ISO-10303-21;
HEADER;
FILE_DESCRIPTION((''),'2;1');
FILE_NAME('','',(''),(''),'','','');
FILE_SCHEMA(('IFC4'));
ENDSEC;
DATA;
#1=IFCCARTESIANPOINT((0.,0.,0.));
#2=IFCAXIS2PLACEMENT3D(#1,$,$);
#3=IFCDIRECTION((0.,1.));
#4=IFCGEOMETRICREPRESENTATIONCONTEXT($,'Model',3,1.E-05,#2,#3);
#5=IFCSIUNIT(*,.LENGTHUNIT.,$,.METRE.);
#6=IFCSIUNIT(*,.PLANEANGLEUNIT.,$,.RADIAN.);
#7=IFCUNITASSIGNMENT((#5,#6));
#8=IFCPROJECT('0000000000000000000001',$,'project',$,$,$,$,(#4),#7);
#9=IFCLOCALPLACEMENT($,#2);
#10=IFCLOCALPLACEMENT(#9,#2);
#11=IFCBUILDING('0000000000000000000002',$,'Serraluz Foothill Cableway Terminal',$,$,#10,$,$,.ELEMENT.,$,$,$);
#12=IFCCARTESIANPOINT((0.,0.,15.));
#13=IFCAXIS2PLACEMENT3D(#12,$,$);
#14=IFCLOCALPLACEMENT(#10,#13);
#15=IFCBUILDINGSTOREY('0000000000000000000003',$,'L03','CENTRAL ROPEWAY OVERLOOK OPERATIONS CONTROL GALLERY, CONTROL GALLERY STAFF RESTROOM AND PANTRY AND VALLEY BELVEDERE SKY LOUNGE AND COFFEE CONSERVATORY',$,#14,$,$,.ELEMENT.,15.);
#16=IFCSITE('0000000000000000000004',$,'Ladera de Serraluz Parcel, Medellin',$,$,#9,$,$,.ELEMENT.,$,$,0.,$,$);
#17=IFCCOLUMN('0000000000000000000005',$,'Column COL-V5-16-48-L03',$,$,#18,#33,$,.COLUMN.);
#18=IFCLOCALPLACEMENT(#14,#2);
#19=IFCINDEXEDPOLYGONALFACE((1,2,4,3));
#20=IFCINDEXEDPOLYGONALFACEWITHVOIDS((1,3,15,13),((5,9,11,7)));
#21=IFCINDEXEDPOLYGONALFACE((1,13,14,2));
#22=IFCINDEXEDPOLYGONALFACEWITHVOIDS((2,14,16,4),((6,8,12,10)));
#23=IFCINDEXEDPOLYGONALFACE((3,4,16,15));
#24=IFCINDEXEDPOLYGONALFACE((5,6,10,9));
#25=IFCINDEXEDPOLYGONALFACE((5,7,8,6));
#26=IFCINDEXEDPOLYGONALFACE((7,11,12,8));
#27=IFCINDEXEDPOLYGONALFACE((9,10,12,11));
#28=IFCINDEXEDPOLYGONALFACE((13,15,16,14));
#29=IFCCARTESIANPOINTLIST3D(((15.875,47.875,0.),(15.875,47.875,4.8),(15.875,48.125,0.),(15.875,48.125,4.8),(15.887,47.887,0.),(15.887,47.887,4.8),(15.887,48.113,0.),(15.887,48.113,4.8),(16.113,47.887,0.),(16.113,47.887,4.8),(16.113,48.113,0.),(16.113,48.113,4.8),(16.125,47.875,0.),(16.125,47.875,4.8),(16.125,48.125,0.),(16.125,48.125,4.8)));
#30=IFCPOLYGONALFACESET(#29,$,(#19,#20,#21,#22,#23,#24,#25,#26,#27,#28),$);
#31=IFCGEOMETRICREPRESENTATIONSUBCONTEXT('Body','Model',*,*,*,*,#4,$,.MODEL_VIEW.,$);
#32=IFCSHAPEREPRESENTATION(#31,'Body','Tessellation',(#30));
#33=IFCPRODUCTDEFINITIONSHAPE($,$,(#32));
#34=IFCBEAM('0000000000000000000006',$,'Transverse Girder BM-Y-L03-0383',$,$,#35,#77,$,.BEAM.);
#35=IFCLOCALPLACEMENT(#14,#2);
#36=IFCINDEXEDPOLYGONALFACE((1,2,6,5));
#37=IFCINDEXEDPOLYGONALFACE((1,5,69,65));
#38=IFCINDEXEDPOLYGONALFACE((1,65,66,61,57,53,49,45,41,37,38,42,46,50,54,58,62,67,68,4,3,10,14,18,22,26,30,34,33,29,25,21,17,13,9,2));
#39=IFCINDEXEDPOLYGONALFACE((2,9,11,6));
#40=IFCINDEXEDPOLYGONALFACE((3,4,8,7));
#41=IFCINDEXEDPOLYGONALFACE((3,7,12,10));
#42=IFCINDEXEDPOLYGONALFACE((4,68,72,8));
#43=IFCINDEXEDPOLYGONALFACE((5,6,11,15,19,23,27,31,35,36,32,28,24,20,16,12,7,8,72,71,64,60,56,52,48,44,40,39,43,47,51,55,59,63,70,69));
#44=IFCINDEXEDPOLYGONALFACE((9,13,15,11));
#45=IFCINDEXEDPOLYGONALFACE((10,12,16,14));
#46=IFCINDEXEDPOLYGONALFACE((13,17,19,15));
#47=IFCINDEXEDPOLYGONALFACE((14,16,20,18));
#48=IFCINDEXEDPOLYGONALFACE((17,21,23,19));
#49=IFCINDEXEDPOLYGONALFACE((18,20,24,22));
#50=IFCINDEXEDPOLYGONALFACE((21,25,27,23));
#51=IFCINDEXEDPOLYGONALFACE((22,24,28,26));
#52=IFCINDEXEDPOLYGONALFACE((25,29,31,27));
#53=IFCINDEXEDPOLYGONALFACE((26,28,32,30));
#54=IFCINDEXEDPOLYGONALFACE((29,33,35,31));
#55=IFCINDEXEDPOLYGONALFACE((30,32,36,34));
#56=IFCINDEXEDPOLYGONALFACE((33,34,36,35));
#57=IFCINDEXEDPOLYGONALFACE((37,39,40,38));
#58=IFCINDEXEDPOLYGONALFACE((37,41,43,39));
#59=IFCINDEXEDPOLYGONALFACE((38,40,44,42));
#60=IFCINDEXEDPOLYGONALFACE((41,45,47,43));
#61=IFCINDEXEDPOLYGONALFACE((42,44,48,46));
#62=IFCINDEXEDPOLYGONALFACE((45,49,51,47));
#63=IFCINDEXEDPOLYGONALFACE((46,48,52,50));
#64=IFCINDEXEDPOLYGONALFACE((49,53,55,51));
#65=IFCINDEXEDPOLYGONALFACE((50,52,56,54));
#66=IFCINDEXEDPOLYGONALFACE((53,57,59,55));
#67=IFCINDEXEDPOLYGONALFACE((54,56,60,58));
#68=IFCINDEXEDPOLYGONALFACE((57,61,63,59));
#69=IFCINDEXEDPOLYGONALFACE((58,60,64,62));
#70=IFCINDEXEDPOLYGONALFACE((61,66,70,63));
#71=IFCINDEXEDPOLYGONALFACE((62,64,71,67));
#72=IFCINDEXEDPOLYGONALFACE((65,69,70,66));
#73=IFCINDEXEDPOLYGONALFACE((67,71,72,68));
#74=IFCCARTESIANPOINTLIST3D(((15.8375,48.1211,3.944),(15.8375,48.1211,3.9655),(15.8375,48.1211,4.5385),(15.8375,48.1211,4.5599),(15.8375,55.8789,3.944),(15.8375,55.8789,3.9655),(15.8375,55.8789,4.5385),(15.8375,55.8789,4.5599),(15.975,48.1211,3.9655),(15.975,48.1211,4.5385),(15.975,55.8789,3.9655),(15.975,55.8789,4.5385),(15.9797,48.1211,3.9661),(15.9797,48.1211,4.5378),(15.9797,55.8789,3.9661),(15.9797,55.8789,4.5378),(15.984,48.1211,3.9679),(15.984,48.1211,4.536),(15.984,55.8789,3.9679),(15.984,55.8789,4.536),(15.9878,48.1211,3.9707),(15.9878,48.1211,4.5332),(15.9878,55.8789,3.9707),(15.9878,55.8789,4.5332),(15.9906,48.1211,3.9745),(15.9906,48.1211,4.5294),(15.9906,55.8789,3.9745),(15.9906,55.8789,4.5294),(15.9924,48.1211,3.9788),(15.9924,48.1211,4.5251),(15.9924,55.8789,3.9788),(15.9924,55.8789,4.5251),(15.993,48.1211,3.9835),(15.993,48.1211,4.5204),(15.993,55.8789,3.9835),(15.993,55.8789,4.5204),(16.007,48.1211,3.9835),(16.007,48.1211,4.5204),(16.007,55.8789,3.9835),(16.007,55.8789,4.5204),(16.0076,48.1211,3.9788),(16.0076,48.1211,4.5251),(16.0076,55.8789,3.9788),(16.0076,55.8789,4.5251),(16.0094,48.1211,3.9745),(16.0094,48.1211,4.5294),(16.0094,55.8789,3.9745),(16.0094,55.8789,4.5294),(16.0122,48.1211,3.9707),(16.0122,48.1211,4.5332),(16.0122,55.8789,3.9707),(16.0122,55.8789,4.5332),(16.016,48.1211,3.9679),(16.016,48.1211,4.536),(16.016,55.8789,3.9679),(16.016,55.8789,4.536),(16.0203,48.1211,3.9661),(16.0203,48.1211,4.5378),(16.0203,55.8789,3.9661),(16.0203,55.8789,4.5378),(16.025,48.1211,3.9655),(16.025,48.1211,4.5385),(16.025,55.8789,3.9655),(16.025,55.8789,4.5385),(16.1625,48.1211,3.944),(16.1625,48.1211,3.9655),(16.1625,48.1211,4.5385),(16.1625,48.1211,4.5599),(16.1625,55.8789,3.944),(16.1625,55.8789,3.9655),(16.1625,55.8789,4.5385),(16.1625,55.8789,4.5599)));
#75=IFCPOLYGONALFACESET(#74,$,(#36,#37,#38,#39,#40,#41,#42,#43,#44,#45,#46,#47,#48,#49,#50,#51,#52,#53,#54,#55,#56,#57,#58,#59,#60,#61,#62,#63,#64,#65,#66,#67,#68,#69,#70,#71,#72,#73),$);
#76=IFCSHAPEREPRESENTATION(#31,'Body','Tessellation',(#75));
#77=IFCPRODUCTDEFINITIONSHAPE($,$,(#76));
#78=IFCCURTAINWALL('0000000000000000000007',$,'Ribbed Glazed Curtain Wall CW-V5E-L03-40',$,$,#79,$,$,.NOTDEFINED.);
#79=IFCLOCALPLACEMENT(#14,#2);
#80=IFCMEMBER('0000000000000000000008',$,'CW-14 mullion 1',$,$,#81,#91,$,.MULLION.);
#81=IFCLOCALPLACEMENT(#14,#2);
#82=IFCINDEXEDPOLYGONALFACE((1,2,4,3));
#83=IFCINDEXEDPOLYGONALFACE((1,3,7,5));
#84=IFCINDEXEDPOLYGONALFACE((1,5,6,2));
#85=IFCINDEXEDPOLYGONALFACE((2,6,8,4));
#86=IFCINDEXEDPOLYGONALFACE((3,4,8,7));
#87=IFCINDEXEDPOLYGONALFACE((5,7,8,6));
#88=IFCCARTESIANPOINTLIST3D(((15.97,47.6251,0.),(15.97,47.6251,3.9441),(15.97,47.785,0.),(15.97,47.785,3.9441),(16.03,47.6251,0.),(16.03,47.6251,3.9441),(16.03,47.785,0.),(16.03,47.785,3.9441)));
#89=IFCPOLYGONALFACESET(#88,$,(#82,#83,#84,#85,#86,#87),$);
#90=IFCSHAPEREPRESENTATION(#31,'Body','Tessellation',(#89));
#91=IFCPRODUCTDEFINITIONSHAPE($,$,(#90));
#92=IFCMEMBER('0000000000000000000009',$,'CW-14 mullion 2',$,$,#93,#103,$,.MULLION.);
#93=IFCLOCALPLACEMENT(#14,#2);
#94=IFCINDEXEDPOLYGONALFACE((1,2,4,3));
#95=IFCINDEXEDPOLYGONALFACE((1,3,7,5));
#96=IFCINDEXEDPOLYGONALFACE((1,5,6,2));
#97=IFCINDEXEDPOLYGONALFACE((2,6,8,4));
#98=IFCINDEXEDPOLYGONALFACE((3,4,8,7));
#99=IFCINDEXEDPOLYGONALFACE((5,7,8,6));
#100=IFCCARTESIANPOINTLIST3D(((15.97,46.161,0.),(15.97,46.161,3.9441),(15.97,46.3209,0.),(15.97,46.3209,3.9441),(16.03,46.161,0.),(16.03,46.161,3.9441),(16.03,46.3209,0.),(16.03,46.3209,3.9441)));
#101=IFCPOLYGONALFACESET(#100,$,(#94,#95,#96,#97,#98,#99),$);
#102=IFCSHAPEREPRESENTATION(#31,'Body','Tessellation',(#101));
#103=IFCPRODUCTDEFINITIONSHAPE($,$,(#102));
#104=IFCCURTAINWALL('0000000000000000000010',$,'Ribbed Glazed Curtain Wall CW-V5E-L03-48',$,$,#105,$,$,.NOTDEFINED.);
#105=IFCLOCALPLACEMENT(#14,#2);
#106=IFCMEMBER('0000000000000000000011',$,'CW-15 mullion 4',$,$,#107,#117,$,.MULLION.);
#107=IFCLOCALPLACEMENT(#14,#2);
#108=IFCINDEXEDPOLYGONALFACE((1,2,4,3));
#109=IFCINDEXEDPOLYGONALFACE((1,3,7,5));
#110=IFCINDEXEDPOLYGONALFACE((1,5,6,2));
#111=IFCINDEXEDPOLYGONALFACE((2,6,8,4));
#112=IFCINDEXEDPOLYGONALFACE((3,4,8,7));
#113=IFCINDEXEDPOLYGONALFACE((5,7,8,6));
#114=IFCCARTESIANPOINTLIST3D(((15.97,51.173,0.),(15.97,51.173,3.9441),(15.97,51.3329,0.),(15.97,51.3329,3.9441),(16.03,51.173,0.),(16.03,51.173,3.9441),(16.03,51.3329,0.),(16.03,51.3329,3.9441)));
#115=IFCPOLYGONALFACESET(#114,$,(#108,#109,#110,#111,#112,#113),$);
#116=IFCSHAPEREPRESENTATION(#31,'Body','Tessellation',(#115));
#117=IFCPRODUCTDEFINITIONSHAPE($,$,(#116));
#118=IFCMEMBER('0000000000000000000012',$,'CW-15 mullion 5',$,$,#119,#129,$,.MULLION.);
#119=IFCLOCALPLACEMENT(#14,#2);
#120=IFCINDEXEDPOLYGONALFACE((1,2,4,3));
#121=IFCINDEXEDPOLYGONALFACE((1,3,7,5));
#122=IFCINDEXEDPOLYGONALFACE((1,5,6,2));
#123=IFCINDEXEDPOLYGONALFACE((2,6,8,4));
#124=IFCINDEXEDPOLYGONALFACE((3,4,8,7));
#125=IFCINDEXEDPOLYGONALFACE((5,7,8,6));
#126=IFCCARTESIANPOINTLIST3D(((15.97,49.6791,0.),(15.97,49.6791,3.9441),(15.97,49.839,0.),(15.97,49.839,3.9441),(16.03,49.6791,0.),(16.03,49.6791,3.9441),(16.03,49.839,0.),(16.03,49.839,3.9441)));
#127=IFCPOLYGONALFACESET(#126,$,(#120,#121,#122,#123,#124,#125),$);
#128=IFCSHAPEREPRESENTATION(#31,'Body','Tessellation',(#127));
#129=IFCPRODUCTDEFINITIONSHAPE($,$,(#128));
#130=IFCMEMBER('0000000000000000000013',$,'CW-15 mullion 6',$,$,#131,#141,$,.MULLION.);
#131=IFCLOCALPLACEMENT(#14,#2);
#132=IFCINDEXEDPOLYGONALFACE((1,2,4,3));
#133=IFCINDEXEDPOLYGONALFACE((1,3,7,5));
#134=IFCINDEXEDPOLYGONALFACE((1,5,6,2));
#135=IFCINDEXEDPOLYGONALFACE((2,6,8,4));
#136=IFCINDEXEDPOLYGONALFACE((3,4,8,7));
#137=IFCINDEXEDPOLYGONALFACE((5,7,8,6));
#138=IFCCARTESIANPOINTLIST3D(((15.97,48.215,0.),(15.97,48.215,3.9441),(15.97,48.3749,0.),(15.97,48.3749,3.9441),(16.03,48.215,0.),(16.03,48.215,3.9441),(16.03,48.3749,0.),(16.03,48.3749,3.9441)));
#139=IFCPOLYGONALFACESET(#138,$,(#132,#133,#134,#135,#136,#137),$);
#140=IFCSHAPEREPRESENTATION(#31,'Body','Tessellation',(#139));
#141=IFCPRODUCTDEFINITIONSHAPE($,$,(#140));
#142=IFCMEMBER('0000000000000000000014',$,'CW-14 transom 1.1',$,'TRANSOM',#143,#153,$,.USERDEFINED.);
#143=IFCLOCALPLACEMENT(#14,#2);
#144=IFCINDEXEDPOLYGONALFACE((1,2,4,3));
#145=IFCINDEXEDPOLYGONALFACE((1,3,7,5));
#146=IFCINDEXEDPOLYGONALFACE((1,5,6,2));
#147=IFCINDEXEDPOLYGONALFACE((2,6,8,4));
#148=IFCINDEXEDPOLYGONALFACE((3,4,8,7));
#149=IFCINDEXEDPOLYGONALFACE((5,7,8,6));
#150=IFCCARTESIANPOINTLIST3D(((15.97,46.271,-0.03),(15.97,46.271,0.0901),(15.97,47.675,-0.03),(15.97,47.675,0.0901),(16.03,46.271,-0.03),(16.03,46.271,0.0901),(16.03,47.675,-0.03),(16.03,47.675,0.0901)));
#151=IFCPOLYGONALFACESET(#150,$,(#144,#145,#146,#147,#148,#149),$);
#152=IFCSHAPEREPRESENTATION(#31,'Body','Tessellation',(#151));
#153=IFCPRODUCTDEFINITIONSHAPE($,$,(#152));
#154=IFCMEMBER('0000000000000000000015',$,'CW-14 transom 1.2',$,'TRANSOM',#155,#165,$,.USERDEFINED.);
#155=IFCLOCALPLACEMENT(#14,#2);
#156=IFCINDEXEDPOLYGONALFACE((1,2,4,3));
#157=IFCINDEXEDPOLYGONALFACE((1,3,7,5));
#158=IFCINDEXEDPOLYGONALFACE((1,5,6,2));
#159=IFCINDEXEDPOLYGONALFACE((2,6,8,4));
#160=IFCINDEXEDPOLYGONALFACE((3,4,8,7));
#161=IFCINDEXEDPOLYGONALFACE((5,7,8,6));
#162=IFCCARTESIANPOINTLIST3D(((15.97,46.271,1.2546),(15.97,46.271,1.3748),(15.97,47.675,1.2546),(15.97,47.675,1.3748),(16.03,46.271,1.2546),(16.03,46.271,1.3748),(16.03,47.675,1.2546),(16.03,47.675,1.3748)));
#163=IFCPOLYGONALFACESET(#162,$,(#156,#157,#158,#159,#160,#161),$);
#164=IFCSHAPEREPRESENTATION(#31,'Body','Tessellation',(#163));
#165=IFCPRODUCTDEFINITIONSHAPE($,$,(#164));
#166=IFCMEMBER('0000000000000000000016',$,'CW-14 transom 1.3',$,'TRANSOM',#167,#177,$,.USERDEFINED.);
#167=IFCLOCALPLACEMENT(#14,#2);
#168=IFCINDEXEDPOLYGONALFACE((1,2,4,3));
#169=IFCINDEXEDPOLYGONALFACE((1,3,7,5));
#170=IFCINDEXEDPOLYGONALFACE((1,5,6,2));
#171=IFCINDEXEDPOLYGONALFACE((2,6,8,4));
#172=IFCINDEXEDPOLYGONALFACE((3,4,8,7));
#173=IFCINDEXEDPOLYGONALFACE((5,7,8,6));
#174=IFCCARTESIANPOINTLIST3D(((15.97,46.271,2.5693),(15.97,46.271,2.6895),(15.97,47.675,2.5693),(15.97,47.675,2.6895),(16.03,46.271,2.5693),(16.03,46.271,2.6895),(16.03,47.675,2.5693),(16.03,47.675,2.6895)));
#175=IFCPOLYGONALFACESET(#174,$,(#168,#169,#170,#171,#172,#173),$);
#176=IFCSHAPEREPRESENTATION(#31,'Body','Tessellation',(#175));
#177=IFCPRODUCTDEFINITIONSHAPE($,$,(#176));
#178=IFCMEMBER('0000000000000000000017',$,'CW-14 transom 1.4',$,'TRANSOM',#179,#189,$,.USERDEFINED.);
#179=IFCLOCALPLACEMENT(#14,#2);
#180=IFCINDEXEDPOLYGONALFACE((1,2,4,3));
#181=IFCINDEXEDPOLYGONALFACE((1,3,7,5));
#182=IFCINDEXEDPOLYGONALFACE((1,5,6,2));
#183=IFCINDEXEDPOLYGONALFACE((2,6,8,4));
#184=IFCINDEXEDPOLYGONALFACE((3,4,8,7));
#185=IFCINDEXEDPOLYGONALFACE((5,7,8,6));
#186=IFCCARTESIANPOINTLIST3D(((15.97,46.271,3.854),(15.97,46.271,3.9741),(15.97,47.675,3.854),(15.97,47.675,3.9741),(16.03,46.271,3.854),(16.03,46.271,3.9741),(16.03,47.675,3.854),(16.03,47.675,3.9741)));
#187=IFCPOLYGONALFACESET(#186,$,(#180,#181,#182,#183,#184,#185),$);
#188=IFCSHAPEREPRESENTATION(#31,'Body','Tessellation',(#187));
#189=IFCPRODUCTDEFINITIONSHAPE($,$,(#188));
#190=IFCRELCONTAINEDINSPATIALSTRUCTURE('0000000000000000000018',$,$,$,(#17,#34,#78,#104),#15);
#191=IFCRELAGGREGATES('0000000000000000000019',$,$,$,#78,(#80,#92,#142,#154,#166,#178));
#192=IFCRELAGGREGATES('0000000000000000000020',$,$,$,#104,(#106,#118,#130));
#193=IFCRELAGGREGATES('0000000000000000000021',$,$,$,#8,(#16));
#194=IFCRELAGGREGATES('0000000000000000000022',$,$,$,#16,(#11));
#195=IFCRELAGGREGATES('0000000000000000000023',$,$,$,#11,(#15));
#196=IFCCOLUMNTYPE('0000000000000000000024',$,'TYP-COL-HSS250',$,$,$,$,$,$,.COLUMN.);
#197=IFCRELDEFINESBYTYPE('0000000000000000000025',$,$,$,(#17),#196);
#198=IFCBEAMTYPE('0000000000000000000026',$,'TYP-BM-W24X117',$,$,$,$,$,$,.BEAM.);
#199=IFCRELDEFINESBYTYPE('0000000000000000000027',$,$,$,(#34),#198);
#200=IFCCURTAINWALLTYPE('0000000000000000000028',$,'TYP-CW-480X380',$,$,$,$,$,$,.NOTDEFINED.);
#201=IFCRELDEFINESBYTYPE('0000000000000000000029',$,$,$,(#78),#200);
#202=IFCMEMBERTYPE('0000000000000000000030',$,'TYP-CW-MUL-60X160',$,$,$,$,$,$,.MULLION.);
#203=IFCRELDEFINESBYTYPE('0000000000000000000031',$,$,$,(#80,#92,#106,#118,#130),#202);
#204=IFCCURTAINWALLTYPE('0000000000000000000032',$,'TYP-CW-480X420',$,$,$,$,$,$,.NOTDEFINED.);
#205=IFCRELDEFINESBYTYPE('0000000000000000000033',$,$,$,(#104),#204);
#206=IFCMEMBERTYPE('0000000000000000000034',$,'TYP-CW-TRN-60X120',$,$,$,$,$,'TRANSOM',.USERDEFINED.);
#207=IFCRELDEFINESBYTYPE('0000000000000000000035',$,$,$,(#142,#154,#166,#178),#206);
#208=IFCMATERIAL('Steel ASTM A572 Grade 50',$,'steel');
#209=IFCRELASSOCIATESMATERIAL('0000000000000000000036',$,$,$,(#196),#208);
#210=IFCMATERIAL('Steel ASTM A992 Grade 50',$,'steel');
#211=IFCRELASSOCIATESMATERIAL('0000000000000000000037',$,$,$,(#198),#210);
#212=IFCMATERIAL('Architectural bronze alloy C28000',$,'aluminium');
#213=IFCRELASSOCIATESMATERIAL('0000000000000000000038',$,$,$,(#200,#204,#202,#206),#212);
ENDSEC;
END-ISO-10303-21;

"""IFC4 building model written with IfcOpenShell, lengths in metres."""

from ifc_helpers import new_model, si_unit, direction, frame, origin, origin_2d, place, context, subcontext, project, spatial, rectangle, hollow_rectangle, i_section, extrude, material, material_profile, profile_set, type_object, element, aggregate, save


model = new_model("IFC4")

# Units and contexts
model_context = context("Model", 3, precision=1e-05, world=origin(), true_north=direction((0.0, 1.0)))
body_context = subcontext(model_context, "Body", "Model", "MODEL_VIEW")
ifc_project = project(units=[si_unit("LENGTHUNIT", "METRE"), si_unit("PLANEANGLEUNIT", "RADIAN")], contexts=[model_context])

# Site, building, storey
site_placement = place(None, origin())
site = spatial("IfcSite", under=ifc_project, at=site_placement, Name="Ladera de Serraluz Parcel, Medellin", CompositionType="ELEMENT", RefElevation=0.0)
building_placement = place(site_placement, origin())
building = spatial("IfcBuilding", under=site, at=building_placement, Name="Serraluz Foothill Cableway Terminal", CompositionType="ELEMENT")
storey_placement = place(building_placement, frame((0.0, 0.0, 15.0)))
storey = spatial("IfcBuildingStorey", under=building, at=storey_placement, Name="L03", Description="CENTRAL ROPEWAY OVERLOOK OPERATIONS CONTROL GALLERY, CONTROL GALLERY STAFF RESTROOM AND PANTRY AND VALLEY BELVEDERE SKY LOUNGE AND COFFEE CONSERVATORY", CompositionType="ELEMENT", Elevation=15.0)

# Column
ifc_material_1 = material(Name="Steel ASTM A572 Grade 50", Category="steel")
ifc_material_profile_1 = material_profile(ifc_material_1, hollow_rectangle(XDim=0.25, YDim=0.25, WallThickness=0.012, at=origin_2d()), Name="HSS250X250X12")
ifc_profile_set_1 = profile_set([ifc_material_profile_1], Name="Steel ASTM A572 Grade 50")
column_type = type_object("IfcColumnType", Name="TYP-COL-HSS250", PredefinedType="COLUMN", material=ifc_profile_set_1)
column_placement = place(storey_placement, frame((16.0, 48.0, 0.0), z_axis=(0.0, 0.0, 1.0), x_axis=(1.0, 0.0, 0.0)))
element("IfcColumn", 1, at=column_placement, inside=storey, type_object=column_type, Name="Column COL-V5-16-48-L03", PredefinedType="COLUMN", context=body_context, shape_type="SweptSolid", body=[
    extrude(hollow_rectangle(XDim=0.25, YDim=0.25, WallThickness=0.012, at=origin_2d()), origin(), (0.0, 0.0, 1.0), 4.8),
])

# Beam
ifc_material_2 = material(Name="Steel ASTM A992 Grade 50", Category="steel")
ifc_material_profile_2 = material_profile(ifc_material_2, i_section(OverallWidth=0.325, OverallDepth=0.616, WebThickness=0.0139, FlangeThickness=0.0215, FilletRadius=0.0181, at=origin_2d()), Name="W24X117")
ifc_profile_set_2 = profile_set([ifc_material_profile_2], Name="Steel ASTM A992 Grade 50")
beam_type = type_object("IfcBeamType", Name="TYP-BM-W24X117", PredefinedType="BEAM", material=ifc_profile_set_2)
beam_placement = place(storey_placement, frame((16.0, 48.1211, 4.252), z_axis=(0.0, 1.0, 0.0), x_axis=(-1.0, 0.0, 0.0)))
element("IfcBeam", 2, at=beam_placement, inside=storey, type_object=beam_type, Name="Transverse Girder BM-Y-L03-0383", PredefinedType="BEAM", context=body_context, shape_type="SweptSolid", body=[
    extrude(i_section(OverallWidth=0.325, OverallDepth=0.616, WebThickness=0.0139, FlangeThickness=0.0215, FilletRadius=0.0181, at=origin_2d()), origin(), (0.0, 0.0, 1.0), 7.7578),
])

# Curtain walls, members
ifc_material_3 = material(Name="Architectural bronze alloy C28000", Category="aluminium")
curtain_wall_type_1 = type_object("IfcCurtainWallType", Name="TYP-CW-480X380", PredefinedType="NOTDEFINED", material=ifc_material_3)
curtain_wall_1_placement = place(storey_placement, origin())
curtain_wall_1 = element("IfcCurtainWall", 3, at=curtain_wall_1_placement, inside=storey, type_object=curtain_wall_type_1, Name="Ribbed Glazed Curtain Wall CW-V5E-L03-40", PredefinedType="NOTDEFINED")
ifc_material_profile_3 = material_profile(ifc_material_3, rectangle(XDim=0.0601, YDim=0.1599, at=origin_2d()), Name="ALU MULLION 60x160")
ifc_profile_set_3 = profile_set([ifc_material_profile_3], Name="Architectural bronze alloy C28000")
member_type_1 = type_object("IfcMemberType", Name="TYP-CW-MUL-60X160", PredefinedType="MULLION", material=ifc_profile_set_3)
member_1_placement = place(storey_placement, frame((16.0, 47.7051, 0.0), z_axis=(0.0, 0.0, 1.0), x_axis=(1.0, 0.0, 0.0)))
member_1 = element("IfcMember", 4, at=member_1_placement, type_object=member_type_1, Name="CW-14 mullion 1", PredefinedType="MULLION", context=body_context, shape_type="SweptSolid", body=[
    extrude(rectangle(XDim=0.0601, YDim=0.1599, at=origin_2d()), origin(), (0.0, 0.0, 1.0), 3.9441),
])
member_2_placement = place(storey_placement, frame((16.0, 46.241, 0.0), z_axis=(0.0, 0.0, 1.0), x_axis=(1.0, 0.0, 0.0)))
member_2 = element("IfcMember", 5, at=member_2_placement, type_object=member_type_1, Name="CW-14 mullion 2", PredefinedType="MULLION", context=body_context, shape_type="SweptSolid", body=[
    extrude(rectangle(XDim=0.0601, YDim=0.1599, at=origin_2d()), origin(), (0.0, 0.0, 1.0), 3.9441),
])
curtain_wall_type_2 = type_object("IfcCurtainWallType", Name="TYP-CW-480X420", PredefinedType="NOTDEFINED", material=ifc_material_3)
curtain_wall_2_placement = place(storey_placement, origin())
curtain_wall_2 = element("IfcCurtainWall", 6, at=curtain_wall_2_placement, inside=storey, type_object=curtain_wall_type_2, Name="Ribbed Glazed Curtain Wall CW-V5E-L03-48", PredefinedType="NOTDEFINED")
member_3_placement = place(storey_placement, frame((16.0, 51.2529, 0.0), z_axis=(0.0, 0.0, 1.0), x_axis=(1.0, 0.0, 0.0)))
member_3 = element("IfcMember", 7, at=member_3_placement, type_object=member_type_1, Name="CW-15 mullion 4", PredefinedType="MULLION", context=body_context, shape_type="SweptSolid", body=[
    extrude(rectangle(XDim=0.0601, YDim=0.1599, at=origin_2d()), origin(), (0.0, 0.0, 1.0), 3.9441),
])
member_4_placement = place(storey_placement, frame((16.0, 49.759, 0.0), z_axis=(0.0, 0.0, 1.0), x_axis=(1.0, 0.0, 0.0)))
member_4 = element("IfcMember", 8, at=member_4_placement, type_object=member_type_1, Name="CW-15 mullion 5", PredefinedType="MULLION", context=body_context, shape_type="SweptSolid", body=[
    extrude(rectangle(XDim=0.0601, YDim=0.1599, at=origin_2d()), origin(), (0.0, 0.0, 1.0), 3.9441),
])
member_5_placement = place(storey_placement, frame((16.0, 48.2949, 0.0), z_axis=(0.0, 0.0, 1.0), x_axis=(1.0, 0.0, 0.0)))
member_5 = element("IfcMember", 9, at=member_5_placement, type_object=member_type_1, Name="CW-15 mullion 6", PredefinedType="MULLION", context=body_context, shape_type="SweptSolid", body=[
    extrude(rectangle(XDim=0.0601, YDim=0.1599, at=origin_2d()), origin(), (0.0, 0.0, 1.0), 3.9441),
])

# Members
ifc_material_profile_4 = material_profile(ifc_material_3, rectangle(XDim=0.0601, YDim=0.1201, at=origin_2d()), Name="ALU TRANSOM 60x120")
ifc_profile_set_4 = profile_set([ifc_material_profile_4], Name="Architectural bronze alloy C28000")
member_type_2 = type_object("IfcMemberType", Name="TYP-CW-TRN-60X120", ElementType="TRANSOM", PredefinedType="USERDEFINED", material=ifc_profile_set_4)
member_6_placement = place(storey_placement, frame((16.0, 47.675, 0.03), z_axis=(0.0, -1.0, 0.0), x_axis=(1.0, 0.0, 0.0)))
member_6 = element("IfcMember", 10, at=member_6_placement, type_object=member_type_2, Name="CW-14 transom 1.1", ObjectType="TRANSOM", PredefinedType="USERDEFINED", context=body_context, shape_type="SweptSolid", body=[
    extrude(rectangle(XDim=0.0601, YDim=0.1201, at=origin_2d()), origin(), (0.0, 0.0, 1.0), 1.4041),
])
member_7_placement = place(storey_placement, frame((16.0, 47.675, 1.3147), z_axis=(0.0, -1.0, 0.0), x_axis=(1.0, 0.0, 0.0)))
member_7 = element("IfcMember", 11, at=member_7_placement, type_object=member_type_2, Name="CW-14 transom 1.2", ObjectType="TRANSOM", PredefinedType="USERDEFINED", context=body_context, shape_type="SweptSolid", body=[
    extrude(rectangle(XDim=0.0601, YDim=0.1201, at=origin_2d()), origin(), (0.0, 0.0, 1.0), 1.4041),
])
member_8_placement = place(storey_placement, frame((16.0, 47.675, 2.6294), z_axis=(0.0, -1.0, 0.0), x_axis=(1.0, 0.0, 0.0)))
member_8 = element("IfcMember", 12, at=member_8_placement, type_object=member_type_2, Name="CW-14 transom 1.3", ObjectType="TRANSOM", PredefinedType="USERDEFINED", context=body_context, shape_type="SweptSolid", body=[
    extrude(rectangle(XDim=0.0601, YDim=0.1201, at=origin_2d()), origin(), (0.0, 0.0, 1.0), 1.4041),
])
member_9_placement = place(storey_placement, frame((16.0, 47.675, 3.9141), z_axis=(0.0, -1.0, 0.0), x_axis=(1.0, 0.0, 0.0)))
member_9 = element("IfcMember", 13, at=member_9_placement, type_object=member_type_2, Name="CW-14 transom 1.4", ObjectType="TRANSOM", PredefinedType="USERDEFINED", context=body_context, shape_type="SweptSolid", body=[
    extrude(rectangle(XDim=0.0601, YDim=0.1201, at=origin_2d()), origin(), (0.0, 0.0, 1.0), 1.4041),
])

aggregate(curtain_wall_1, [member_1, member_2, member_6, member_7, member_8, member_9])
aggregate(curtain_wall_2, [member_3, member_4, member_5])

save(model, "model.ifc")
